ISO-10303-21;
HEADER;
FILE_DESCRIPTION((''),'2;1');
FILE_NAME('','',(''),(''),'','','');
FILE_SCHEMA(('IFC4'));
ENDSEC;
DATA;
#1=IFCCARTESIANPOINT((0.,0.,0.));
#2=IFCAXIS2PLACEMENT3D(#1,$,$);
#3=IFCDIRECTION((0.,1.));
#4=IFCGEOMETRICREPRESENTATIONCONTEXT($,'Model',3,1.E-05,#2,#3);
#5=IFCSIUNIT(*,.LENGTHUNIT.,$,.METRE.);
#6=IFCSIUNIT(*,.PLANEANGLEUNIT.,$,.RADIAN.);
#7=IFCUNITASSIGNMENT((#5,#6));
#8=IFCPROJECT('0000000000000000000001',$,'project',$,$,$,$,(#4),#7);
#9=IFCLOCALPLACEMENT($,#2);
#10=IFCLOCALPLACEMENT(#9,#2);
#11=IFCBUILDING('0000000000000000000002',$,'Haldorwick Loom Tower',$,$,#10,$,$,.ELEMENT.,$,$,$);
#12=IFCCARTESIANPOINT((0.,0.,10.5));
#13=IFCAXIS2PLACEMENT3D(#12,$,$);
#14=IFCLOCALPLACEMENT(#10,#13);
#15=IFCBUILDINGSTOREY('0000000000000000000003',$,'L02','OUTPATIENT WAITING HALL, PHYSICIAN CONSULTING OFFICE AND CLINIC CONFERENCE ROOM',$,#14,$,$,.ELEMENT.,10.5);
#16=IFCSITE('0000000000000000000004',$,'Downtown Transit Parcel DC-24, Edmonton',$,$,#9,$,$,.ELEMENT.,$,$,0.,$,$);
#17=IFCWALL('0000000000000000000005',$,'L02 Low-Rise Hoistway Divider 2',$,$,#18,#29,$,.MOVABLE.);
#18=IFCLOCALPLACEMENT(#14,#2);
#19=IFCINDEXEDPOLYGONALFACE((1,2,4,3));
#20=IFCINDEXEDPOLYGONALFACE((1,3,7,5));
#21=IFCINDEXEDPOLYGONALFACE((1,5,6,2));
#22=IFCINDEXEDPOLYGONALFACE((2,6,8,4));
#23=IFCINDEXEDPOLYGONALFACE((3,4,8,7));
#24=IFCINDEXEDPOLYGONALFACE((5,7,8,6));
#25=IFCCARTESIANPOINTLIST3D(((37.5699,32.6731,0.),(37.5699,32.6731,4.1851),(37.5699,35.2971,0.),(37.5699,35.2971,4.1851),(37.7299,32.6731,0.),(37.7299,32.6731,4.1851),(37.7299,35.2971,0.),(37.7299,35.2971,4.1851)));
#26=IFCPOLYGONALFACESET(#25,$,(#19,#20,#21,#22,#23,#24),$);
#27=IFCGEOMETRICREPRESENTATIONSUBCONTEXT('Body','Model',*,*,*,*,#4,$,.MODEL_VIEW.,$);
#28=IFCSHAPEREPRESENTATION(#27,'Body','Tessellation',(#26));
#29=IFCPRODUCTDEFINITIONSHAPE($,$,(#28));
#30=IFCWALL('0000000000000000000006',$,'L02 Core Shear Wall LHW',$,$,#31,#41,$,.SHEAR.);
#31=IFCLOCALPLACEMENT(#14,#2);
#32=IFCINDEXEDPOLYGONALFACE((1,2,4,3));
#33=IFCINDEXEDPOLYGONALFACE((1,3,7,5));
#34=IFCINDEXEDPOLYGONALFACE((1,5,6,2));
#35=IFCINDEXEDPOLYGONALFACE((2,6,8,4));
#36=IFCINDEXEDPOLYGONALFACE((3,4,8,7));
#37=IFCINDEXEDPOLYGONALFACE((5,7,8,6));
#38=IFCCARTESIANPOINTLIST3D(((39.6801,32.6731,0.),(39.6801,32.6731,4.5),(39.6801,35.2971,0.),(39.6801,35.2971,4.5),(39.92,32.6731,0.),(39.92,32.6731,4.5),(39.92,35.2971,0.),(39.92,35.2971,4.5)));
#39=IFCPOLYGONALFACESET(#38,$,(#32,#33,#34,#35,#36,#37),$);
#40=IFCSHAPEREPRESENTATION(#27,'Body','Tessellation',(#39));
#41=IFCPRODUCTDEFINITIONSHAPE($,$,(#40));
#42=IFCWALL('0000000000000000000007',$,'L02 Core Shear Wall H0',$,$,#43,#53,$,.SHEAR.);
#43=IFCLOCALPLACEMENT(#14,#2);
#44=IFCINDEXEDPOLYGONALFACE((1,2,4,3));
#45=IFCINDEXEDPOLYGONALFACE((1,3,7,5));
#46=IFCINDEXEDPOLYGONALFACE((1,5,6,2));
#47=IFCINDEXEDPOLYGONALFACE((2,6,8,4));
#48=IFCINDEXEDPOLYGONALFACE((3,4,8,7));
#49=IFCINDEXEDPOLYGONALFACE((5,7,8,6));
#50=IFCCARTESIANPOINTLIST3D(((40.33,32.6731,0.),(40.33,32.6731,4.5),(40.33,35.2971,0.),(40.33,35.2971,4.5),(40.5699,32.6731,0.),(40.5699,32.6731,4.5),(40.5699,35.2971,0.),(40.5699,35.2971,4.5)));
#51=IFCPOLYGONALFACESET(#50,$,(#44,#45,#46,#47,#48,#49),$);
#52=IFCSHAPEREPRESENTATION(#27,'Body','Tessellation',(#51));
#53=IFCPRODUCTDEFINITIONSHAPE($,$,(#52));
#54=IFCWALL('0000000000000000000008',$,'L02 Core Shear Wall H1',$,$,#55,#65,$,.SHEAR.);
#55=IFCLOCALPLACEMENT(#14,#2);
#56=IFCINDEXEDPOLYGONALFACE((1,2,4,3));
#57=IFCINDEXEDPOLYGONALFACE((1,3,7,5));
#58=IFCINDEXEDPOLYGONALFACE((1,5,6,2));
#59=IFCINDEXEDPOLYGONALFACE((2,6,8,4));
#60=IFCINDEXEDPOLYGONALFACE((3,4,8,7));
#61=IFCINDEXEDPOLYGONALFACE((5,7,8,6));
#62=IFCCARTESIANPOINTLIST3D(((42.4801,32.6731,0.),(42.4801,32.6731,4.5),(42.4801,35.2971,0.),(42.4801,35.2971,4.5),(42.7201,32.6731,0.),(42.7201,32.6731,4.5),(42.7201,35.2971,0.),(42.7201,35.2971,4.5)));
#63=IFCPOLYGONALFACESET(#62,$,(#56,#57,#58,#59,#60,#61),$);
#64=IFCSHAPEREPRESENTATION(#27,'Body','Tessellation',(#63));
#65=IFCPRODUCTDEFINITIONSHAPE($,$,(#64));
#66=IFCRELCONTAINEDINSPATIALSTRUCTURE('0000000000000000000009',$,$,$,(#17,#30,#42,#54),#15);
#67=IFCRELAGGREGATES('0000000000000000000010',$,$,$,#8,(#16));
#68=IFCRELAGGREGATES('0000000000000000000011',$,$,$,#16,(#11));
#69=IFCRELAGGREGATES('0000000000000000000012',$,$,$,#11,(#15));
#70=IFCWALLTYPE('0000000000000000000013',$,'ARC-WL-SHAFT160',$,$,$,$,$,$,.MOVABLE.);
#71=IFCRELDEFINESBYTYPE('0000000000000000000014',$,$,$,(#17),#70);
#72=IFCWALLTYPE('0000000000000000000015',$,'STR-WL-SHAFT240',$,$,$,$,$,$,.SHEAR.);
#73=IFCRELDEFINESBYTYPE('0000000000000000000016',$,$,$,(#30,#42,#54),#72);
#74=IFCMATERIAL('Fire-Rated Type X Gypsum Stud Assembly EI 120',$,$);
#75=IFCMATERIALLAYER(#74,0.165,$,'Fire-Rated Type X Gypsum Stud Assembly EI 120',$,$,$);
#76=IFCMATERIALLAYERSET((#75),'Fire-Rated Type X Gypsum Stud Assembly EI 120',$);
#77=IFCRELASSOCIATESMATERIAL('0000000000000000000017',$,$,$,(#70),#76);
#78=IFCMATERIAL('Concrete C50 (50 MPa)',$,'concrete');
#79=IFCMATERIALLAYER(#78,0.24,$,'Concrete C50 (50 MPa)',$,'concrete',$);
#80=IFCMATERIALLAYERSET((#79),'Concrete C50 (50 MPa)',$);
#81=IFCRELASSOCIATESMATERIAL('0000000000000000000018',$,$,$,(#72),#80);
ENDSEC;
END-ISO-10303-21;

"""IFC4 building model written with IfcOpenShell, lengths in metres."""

from ifc_helpers import new_model, si_unit, direction, frame, frame_2d, origin, place, context, subcontext, project, spatial, rectangle, extrude, material, layer, layer_set, type_object, element, save


model = new_model("IFC4")

# Units and contexts
model_context = context("Model", 3, precision=1e-05, world=origin(), true_north=direction((0.0, 1.0)))
body_context = subcontext(model_context, "Body", "Model", "MODEL_VIEW")
ifc_project = project(units=[si_unit("LENGTHUNIT", "METRE"), si_unit("PLANEANGLEUNIT", "RADIAN")], contexts=[model_context])

# Site, building, storey
site_placement = place(None, origin())
site = spatial("IfcSite", under=ifc_project, at=site_placement, Name="Downtown Transit Parcel DC-24, Edmonton", CompositionType="ELEMENT", RefElevation=0.0)
building_placement = place(site_placement, origin())
building = spatial("IfcBuilding", under=site, at=building_placement, Name="Haldorwick Loom Tower", CompositionType="ELEMENT")
storey_placement = place(building_placement, frame((0.0, 0.0, 10.5)))
storey = spatial("IfcBuildingStorey", under=building, at=storey_placement, Name="L02", Description="OUTPATIENT WAITING HALL, PHYSICIAN CONSULTING OFFICE AND CLINIC CONFERENCE ROOM", CompositionType="ELEMENT", Elevation=10.5)

# Walls
ifc_material_1 = material(Name="Fire-Rated Type X Gypsum Stud Assembly EI 120")
ifc_layer_1 = layer(ifc_material_1, 0.165, Name="Fire-Rated Type X Gypsum Stud Assembly EI 120")
ifc_layer_set_1 = layer_set([ifc_layer_1], Name="Fire-Rated Type X Gypsum Stud Assembly EI 120")
wall_type_1 = type_object("IfcWallType", Name="ARC-WL-SHAFT160", PredefinedType="MOVABLE", material=ifc_layer_set_1)
for number, where, z_axis, x_axis, name in (
    (1, (37.6499, 32.6731, 0.0), (0.0, 0.0, 1.0), (0.0, 1.0, 0.0), "L02 Low-Rise Hoistway Divider 2"),
):
    element("IfcWall", number, at=place(storey_placement, frame(where, z_axis=z_axis, x_axis=x_axis)), inside=storey, type_object=wall_type_1, Name=name, PredefinedType="MOVABLE", context=body_context, shape_type="SweptSolid", body=[
        extrude(rectangle(XDim=2.624, YDim=0.1599, at=frame_2d((1.312, 0.0))), origin(), (0.0, 0.0, 1.0), 4.1851),
    ])
ifc_material_2 = material(Name="Concrete C50 (50 MPa)", Category="concrete")
ifc_layer_2 = layer(ifc_material_2, 0.24, Name="Concrete C50 (50 MPa)", Category="concrete")
ifc_layer_set_2 = layer_set([ifc_layer_2], Name="Concrete C50 (50 MPa)")
wall_type_2 = type_object("IfcWallType", Name="STR-WL-SHAFT240", PredefinedType="SHEAR", material=ifc_layer_set_2)
for number, where, z_axis, x_axis, name in (
    (2, (39.8, 32.6731, 0.0), (0.0, 0.0, 1.0), (0.0, 1.0, 0.0), "L02 Core Shear Wall LHW"),
    (3, (40.45, 32.6731, 0.0), (0.0, 0.0, 1.0), (0.0, 1.0, 0.0), "L02 Core Shear Wall H0"),
    (4, (42.6001, 32.6731, 0.0), (0.0, 0.0, 1.0), (0.0, 1.0, 0.0), "L02 Core Shear Wall H1"),
):
    element("IfcWall", number, at=place(storey_placement, frame(where, z_axis=z_axis, x_axis=x_axis)), inside=storey, type_object=wall_type_2, Name=name, PredefinedType="SHEAR", context=body_context, shape_type="SweptSolid", body=[
        extrude(rectangle(XDim=2.624, YDim=0.24, at=frame_2d((1.312, 0.0))), origin(), (0.0, 0.0, 1.0), 4.5),
    ])

save(model, "model.ifc")
